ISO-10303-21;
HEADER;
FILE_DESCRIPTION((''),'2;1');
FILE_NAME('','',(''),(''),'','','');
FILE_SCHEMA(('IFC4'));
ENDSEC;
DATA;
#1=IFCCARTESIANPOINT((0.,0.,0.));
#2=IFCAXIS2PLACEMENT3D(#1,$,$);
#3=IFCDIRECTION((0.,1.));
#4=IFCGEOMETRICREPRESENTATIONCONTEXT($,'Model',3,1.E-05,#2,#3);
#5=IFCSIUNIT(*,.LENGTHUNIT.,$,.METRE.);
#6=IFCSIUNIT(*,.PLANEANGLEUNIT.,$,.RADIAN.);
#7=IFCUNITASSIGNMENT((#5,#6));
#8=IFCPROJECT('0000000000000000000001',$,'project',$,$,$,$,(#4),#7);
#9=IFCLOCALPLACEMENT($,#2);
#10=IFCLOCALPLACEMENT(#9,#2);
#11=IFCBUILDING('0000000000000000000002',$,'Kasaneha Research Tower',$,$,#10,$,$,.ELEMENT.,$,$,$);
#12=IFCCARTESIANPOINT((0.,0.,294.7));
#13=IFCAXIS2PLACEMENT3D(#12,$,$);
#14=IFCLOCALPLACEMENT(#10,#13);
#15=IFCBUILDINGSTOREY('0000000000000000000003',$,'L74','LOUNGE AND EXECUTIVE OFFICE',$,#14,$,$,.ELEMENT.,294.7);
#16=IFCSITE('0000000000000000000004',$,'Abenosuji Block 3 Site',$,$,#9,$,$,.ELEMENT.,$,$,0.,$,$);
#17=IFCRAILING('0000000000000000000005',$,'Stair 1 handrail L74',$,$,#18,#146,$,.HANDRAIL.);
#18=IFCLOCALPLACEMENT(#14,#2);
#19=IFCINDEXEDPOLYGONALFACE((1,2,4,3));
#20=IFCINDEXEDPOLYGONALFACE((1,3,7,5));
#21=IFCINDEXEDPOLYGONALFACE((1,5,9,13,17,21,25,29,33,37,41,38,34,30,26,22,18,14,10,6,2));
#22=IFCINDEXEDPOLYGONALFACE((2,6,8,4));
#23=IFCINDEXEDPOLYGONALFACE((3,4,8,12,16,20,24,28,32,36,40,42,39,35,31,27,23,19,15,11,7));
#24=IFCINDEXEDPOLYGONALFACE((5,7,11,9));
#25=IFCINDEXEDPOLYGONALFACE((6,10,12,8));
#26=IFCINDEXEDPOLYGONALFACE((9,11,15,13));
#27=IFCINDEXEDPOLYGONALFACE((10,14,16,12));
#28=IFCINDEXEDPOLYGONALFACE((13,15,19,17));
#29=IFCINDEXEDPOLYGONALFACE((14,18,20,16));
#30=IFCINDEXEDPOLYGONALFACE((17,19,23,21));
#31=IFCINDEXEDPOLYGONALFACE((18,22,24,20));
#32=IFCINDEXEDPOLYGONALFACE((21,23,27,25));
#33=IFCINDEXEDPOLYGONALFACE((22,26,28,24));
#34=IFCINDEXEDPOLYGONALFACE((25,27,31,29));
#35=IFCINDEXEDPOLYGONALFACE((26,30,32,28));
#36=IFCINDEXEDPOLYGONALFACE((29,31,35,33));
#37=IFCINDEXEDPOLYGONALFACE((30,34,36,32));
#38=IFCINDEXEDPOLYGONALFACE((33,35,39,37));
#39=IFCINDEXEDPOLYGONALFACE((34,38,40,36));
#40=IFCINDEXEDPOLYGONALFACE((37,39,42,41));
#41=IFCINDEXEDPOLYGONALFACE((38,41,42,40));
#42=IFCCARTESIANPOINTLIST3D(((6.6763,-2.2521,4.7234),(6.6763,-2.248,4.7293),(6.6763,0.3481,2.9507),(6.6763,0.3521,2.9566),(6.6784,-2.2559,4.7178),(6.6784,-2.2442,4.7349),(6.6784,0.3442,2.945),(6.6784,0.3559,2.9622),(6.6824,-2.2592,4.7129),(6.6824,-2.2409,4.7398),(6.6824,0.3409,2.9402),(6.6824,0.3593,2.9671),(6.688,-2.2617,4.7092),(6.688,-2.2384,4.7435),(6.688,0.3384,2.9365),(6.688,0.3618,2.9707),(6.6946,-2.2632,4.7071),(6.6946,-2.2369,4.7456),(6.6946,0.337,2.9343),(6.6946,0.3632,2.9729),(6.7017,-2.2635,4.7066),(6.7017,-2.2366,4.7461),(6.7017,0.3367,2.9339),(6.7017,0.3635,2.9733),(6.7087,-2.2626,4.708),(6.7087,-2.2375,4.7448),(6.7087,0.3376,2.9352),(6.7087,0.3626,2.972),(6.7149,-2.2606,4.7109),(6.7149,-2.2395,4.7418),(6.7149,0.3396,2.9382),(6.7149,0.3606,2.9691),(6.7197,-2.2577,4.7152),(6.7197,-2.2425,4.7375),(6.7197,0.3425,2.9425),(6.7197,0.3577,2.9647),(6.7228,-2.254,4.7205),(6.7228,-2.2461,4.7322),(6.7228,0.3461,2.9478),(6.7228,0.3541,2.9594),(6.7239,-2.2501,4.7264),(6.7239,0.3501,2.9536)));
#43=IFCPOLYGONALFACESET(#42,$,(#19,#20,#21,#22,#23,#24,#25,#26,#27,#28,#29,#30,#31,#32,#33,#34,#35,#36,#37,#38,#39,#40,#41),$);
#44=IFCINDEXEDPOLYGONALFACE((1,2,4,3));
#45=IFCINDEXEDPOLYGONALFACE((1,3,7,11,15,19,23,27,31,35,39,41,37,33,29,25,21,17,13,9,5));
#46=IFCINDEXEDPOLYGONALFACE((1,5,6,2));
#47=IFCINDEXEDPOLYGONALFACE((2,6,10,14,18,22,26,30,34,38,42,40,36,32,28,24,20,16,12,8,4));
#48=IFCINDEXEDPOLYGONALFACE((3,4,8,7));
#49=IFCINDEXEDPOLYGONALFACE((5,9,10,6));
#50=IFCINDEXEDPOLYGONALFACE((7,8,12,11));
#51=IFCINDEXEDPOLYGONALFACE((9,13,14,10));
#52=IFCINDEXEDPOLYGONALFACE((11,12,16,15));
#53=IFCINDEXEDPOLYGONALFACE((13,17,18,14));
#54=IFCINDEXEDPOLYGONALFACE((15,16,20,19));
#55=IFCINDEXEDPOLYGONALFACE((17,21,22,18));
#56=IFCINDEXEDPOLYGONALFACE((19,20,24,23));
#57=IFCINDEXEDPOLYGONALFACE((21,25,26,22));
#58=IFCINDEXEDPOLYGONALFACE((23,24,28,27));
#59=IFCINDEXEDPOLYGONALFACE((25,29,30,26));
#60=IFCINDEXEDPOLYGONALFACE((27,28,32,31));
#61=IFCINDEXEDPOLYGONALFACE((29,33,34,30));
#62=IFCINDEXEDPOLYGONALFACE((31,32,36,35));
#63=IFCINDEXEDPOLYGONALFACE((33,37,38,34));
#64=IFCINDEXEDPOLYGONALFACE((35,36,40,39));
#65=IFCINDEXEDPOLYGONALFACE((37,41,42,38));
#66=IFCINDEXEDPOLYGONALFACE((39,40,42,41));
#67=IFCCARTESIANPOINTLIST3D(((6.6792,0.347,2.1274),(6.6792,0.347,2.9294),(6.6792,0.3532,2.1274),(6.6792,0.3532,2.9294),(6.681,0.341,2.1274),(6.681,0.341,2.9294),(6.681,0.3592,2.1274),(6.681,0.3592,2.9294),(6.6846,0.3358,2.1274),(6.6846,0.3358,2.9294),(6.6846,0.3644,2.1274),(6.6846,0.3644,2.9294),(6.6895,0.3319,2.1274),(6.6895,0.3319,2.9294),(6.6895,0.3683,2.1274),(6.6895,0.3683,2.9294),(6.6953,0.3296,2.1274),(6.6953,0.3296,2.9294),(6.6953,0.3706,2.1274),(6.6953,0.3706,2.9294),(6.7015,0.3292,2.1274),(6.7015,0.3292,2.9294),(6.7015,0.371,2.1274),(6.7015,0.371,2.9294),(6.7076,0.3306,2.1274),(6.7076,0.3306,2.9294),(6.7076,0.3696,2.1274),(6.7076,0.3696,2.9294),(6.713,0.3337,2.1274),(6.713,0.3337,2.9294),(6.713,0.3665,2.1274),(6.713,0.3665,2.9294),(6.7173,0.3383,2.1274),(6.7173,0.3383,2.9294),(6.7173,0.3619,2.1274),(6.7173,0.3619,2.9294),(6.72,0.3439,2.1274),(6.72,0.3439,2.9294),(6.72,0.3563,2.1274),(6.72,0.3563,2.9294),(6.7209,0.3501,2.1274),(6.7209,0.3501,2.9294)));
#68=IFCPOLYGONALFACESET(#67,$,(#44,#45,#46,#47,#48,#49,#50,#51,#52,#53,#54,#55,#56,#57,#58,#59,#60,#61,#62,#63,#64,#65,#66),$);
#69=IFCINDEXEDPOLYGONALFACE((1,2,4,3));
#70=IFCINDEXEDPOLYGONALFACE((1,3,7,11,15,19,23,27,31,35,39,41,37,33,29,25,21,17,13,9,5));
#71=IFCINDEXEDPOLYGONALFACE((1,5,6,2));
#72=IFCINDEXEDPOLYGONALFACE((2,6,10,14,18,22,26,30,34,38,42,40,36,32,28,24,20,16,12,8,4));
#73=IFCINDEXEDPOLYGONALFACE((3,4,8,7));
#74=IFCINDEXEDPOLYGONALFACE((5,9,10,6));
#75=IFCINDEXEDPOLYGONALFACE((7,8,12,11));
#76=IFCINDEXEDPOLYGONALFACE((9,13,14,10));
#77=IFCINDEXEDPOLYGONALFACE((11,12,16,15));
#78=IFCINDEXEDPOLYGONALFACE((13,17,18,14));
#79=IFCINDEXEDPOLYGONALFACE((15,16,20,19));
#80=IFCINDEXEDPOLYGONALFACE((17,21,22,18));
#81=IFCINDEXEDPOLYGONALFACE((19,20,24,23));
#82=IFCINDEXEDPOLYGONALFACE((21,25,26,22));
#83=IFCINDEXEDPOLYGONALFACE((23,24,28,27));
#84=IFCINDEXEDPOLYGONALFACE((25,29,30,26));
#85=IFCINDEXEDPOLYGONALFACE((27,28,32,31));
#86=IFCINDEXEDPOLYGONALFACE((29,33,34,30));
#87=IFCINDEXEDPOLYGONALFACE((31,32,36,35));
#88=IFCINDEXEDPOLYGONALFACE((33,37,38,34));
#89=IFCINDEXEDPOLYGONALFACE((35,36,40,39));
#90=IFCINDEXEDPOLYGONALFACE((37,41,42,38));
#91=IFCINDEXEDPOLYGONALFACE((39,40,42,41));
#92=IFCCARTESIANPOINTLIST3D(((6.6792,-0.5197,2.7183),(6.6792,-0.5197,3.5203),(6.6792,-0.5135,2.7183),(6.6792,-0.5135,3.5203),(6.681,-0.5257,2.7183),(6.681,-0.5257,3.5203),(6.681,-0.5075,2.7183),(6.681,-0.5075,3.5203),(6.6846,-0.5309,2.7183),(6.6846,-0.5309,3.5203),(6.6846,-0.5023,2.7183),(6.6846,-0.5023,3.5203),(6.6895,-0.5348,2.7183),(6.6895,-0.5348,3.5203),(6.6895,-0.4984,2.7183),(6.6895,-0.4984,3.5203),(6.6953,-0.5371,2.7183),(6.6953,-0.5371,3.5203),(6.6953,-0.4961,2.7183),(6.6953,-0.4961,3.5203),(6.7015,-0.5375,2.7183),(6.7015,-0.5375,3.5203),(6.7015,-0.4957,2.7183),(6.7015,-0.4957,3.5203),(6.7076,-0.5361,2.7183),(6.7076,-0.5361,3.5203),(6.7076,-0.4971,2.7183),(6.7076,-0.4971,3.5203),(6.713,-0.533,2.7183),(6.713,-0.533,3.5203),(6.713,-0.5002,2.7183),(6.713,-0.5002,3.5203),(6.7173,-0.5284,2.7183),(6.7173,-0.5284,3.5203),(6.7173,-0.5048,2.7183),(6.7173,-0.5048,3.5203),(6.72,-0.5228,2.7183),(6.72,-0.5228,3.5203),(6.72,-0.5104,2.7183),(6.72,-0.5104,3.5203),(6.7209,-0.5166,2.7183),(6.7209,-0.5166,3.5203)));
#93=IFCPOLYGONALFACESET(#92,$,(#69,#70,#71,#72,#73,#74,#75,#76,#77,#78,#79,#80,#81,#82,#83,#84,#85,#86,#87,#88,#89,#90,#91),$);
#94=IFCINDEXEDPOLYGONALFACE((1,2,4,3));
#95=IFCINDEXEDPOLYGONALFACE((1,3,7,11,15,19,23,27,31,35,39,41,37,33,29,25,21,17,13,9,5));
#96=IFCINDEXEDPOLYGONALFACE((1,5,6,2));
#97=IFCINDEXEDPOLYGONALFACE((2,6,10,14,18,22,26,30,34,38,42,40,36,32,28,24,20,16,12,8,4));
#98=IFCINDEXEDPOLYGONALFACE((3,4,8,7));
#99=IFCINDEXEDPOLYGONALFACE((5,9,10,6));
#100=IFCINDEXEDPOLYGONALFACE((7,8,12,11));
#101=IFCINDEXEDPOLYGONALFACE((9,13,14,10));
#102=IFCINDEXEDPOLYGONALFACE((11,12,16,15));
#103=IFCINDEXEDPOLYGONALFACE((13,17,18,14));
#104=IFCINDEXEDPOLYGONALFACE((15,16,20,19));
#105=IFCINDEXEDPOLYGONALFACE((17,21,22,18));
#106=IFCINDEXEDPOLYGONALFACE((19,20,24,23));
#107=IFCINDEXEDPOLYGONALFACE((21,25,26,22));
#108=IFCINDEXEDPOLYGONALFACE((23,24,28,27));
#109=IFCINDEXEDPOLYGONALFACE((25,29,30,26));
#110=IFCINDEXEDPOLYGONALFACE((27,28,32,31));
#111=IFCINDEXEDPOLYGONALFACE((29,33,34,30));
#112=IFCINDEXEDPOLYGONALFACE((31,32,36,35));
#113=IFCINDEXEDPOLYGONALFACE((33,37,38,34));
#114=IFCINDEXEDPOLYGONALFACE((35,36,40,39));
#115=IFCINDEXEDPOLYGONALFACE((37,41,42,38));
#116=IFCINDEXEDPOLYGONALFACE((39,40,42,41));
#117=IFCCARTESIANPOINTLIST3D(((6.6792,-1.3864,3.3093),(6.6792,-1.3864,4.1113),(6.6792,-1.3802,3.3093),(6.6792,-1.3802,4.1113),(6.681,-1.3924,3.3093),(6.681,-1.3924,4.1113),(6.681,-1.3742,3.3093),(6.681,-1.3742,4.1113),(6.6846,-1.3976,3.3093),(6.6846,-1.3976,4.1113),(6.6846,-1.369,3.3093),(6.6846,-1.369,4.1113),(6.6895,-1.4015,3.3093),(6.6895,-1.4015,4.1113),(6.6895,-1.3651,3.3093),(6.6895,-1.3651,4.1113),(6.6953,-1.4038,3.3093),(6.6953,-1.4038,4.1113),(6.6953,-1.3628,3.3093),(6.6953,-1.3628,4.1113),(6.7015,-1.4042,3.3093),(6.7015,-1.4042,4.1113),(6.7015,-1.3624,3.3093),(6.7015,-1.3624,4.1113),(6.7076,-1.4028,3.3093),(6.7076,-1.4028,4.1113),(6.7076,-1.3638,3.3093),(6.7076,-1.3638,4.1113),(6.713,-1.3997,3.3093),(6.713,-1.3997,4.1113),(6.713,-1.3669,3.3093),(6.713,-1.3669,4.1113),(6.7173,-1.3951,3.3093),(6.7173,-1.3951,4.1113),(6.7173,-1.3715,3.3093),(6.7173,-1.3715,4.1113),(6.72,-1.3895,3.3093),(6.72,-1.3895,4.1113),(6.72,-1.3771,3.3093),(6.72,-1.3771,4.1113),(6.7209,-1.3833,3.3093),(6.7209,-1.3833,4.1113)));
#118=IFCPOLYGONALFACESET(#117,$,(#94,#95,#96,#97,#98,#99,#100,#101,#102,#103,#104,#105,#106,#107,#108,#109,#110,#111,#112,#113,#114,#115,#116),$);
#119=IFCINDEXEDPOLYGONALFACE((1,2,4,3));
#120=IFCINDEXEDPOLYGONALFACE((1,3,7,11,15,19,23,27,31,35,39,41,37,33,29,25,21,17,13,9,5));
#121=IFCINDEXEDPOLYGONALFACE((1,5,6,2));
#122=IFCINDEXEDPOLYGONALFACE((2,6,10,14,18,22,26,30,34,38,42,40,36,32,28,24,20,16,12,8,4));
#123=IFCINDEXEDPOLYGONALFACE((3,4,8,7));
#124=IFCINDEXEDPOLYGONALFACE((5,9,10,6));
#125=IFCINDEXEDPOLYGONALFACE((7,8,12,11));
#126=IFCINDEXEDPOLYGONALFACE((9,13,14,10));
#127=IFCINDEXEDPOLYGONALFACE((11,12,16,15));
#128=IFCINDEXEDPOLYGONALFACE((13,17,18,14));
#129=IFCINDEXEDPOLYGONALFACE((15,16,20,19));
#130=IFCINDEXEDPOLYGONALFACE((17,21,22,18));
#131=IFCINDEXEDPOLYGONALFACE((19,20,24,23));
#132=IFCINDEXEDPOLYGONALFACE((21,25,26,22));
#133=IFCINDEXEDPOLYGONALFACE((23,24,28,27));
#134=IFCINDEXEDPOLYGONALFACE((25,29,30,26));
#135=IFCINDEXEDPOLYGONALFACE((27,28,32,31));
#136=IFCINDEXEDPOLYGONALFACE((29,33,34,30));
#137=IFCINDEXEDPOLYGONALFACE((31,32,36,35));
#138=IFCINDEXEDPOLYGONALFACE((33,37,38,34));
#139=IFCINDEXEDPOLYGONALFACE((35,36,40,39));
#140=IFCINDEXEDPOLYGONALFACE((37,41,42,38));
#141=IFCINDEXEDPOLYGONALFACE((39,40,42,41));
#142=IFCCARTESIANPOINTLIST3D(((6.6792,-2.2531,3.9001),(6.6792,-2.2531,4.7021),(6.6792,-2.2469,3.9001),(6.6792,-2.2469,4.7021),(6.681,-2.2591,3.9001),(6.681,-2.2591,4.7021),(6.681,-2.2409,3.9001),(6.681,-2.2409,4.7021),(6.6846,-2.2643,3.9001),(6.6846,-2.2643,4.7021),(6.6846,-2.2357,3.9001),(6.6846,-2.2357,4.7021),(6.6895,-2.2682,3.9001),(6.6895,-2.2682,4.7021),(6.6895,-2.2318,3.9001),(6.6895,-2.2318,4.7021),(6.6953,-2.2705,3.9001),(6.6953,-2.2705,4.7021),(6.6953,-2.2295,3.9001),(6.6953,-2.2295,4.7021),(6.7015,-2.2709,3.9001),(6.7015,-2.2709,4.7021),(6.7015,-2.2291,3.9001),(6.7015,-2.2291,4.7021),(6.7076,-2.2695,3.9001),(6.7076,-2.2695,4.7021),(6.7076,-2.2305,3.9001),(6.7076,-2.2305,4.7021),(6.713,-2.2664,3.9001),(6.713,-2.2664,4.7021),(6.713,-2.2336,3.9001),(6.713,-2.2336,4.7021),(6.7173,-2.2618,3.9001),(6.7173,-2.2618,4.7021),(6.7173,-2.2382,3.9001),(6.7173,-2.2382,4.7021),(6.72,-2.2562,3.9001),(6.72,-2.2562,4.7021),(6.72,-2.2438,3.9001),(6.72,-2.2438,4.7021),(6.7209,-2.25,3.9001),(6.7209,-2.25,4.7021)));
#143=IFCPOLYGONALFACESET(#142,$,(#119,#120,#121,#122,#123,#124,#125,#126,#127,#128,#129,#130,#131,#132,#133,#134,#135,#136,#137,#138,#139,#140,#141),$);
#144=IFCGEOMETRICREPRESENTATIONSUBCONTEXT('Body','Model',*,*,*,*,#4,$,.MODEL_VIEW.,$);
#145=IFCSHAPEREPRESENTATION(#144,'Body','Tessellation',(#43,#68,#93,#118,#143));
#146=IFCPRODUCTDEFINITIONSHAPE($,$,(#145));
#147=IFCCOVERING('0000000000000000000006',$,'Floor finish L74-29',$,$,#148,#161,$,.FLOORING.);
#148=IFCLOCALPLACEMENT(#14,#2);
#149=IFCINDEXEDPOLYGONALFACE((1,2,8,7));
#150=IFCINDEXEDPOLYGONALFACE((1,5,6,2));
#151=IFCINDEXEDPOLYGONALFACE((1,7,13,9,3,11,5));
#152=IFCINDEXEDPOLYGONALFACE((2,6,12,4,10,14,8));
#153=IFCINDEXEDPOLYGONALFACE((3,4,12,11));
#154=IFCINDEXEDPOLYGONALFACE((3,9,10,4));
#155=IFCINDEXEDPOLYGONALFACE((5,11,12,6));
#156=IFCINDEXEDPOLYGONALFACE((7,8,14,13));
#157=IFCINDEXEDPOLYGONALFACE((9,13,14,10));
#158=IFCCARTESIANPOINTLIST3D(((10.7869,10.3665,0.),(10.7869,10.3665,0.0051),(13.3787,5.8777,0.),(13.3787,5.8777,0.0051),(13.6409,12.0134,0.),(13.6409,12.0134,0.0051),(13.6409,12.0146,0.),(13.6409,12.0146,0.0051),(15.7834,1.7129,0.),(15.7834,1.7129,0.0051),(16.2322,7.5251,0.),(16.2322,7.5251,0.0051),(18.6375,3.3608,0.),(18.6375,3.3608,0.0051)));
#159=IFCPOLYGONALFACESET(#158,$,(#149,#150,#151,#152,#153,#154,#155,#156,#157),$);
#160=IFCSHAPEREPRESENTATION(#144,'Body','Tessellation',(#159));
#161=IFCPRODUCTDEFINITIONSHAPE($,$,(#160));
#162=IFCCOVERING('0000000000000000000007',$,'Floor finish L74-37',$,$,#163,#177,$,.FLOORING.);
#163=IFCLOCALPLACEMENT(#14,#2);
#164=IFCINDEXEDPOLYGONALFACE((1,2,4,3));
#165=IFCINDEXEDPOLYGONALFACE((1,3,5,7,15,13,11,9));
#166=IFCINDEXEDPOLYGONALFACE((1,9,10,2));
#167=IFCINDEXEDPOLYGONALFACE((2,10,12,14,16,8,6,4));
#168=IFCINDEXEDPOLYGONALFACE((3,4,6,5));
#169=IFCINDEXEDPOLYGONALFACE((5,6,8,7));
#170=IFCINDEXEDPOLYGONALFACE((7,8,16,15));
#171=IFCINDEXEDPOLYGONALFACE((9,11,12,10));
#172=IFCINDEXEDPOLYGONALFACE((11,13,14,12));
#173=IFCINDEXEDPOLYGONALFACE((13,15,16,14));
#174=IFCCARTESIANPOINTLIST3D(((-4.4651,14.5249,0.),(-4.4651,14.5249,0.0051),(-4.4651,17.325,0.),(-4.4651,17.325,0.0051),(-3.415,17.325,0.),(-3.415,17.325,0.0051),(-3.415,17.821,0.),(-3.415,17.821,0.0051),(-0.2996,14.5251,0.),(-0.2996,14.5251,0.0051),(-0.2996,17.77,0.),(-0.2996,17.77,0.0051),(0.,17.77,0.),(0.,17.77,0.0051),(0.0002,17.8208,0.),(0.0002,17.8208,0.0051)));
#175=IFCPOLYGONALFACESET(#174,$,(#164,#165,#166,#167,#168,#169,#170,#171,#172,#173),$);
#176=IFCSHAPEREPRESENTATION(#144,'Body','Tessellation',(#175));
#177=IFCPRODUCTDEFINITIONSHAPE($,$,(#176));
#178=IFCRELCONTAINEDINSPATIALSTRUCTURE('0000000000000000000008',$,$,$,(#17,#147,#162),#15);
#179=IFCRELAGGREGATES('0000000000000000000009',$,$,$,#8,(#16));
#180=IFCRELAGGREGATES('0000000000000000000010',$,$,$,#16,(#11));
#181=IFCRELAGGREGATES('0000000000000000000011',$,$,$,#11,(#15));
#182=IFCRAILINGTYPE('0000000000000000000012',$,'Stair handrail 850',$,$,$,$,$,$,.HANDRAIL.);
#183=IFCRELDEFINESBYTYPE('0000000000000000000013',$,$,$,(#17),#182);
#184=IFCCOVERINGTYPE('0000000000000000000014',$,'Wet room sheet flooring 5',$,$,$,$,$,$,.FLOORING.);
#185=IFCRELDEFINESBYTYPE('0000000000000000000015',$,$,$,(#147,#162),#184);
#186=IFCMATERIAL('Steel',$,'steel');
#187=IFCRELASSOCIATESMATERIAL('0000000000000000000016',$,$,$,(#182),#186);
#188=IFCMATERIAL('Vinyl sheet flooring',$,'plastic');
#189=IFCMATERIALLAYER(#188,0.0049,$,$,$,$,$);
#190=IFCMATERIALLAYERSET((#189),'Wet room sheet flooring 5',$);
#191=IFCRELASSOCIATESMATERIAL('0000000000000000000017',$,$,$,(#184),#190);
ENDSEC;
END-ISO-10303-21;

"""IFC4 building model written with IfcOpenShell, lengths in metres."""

from ifc_helpers import new_model, si_unit, direction, frame, origin, origin_2d, place, context, subcontext, project, spatial, polyline, circle, outline, extrude, material, layer, layer_set, type_object, element, save


model = new_model("IFC4")

# Units and contexts
model_context = context("Model", 3, precision=1e-05, world=origin(), true_north=direction((0.0, 1.0)))
body_context = subcontext(model_context, "Body", "Model", "MODEL_VIEW")
ifc_project = project(units=[si_unit("LENGTHUNIT", "METRE"), si_unit("PLANEANGLEUNIT", "RADIAN")], contexts=[model_context])

# Site, building, storey
site_placement = place(None, origin())
site = spatial("IfcSite", under=ifc_project, at=site_placement, Name="Abenosuji Block 3 Site", CompositionType="ELEMENT", RefElevation=0.0)
building_placement = place(site_placement, origin())
building = spatial("IfcBuilding", under=site, at=building_placement, Name="Kasaneha Research Tower", CompositionType="ELEMENT")
storey_placement = place(building_placement, frame((0.0, 0.0, 294.7)))
storey = spatial("IfcBuildingStorey", under=building, at=storey_placement, Name="L74", Description="LOUNGE AND EXECUTIVE OFFICE", CompositionType="ELEMENT", Elevation=294.7)

# Railing
ifc_material_1 = material(Name="Steel", Category="steel")
railing_type_1 = type_object("IfcRailingType", Name="Stair handrail 850", PredefinedType="HANDRAIL", material=ifc_material_1)
railing_1_placement = place(storey_placement, frame((6.7, 0.3501, 2.1274)))
element("IfcRailing", 1, at=railing_1_placement, inside=storey, type_object=railing_type_1, Name="Stair 1 handrail L74", PredefinedType="HANDRAIL", context=body_context, shape_type="SweptSolid", body=[
    extrude(circle(Radius=0.0239, at=origin_2d()), frame((0.0, 0.0, 0.8262), z_axis=(0.0, -0.82624, 0.563318), x_axis=(1.0, 0.0, 0.0)), (0.0, 0.0, 1.0), 3.147),
    extrude(circle(Radius=0.021, at=origin_2d()), origin(), (0.0, 0.0, 1.0), 0.802),
    extrude(circle(Radius=0.021, at=origin_2d()), frame((0.0, -0.8667, 0.5908)), (0.0, 0.0, 1.0), 0.802),
    extrude(circle(Radius=0.021, at=origin_2d()), frame((0.0, -1.7334, 1.1819)), (0.0, 0.0, 1.0), 0.802),
    extrude(circle(Radius=0.021, at=origin_2d()), frame((0.0, -2.6001, 1.7727)), (0.0, 0.0, 1.0), 0.802),
])

# Coverings
ifc_material_2 = material(Name="Vinyl sheet flooring", Category="plastic")
ifc_layer_1 = layer(ifc_material_2, 0.0049)
ifc_layer_set_1 = layer_set([ifc_layer_1], Name="Wet room sheet flooring 5")
covering_type = type_object("IfcCoveringType", Name="Wet room sheet flooring 5", PredefinedType="FLOORING", material=ifc_layer_set_1)
covering_1_placement = place(storey_placement, origin())
element("IfcCovering", 2, at=covering_1_placement, inside=storey, type_object=covering_type, Name="Floor finish L74-29", PredefinedType="FLOORING", context=body_context, shape_type="SweptSolid", body=[
    extrude(outline(polyline([(15.7834, 1.7129), (13.3787, 5.8777), (16.2322, 7.5251), (13.6409, 12.0134), (10.7869, 10.3665), (13.6409, 12.0146), (18.6375, 3.3608), (15.7834, 1.7129)])), origin(), (0.0, 0.0, 1.0), 0.0051),
])
covering_2_placement = place(storey_placement, origin())
element("IfcCovering", 3, at=covering_2_placement, inside=storey, type_object=covering_type, Name="Floor finish L74-37", PredefinedType="FLOORING", context=body_context, shape_type="SweptSolid", body=[
    extrude(outline(polyline([(-3.415, 17.325), (-3.415, 17.821), (0.0002, 17.8208), (0.0, 17.77), (-0.2996, 17.77), (-0.2996, 14.5251), (-4.4651, 14.5249), (-4.4651, 17.325), (-3.415, 17.325)])), origin(), (0.0, 0.0, 1.0), 0.0051),
])

save(model, "model.ifc")
